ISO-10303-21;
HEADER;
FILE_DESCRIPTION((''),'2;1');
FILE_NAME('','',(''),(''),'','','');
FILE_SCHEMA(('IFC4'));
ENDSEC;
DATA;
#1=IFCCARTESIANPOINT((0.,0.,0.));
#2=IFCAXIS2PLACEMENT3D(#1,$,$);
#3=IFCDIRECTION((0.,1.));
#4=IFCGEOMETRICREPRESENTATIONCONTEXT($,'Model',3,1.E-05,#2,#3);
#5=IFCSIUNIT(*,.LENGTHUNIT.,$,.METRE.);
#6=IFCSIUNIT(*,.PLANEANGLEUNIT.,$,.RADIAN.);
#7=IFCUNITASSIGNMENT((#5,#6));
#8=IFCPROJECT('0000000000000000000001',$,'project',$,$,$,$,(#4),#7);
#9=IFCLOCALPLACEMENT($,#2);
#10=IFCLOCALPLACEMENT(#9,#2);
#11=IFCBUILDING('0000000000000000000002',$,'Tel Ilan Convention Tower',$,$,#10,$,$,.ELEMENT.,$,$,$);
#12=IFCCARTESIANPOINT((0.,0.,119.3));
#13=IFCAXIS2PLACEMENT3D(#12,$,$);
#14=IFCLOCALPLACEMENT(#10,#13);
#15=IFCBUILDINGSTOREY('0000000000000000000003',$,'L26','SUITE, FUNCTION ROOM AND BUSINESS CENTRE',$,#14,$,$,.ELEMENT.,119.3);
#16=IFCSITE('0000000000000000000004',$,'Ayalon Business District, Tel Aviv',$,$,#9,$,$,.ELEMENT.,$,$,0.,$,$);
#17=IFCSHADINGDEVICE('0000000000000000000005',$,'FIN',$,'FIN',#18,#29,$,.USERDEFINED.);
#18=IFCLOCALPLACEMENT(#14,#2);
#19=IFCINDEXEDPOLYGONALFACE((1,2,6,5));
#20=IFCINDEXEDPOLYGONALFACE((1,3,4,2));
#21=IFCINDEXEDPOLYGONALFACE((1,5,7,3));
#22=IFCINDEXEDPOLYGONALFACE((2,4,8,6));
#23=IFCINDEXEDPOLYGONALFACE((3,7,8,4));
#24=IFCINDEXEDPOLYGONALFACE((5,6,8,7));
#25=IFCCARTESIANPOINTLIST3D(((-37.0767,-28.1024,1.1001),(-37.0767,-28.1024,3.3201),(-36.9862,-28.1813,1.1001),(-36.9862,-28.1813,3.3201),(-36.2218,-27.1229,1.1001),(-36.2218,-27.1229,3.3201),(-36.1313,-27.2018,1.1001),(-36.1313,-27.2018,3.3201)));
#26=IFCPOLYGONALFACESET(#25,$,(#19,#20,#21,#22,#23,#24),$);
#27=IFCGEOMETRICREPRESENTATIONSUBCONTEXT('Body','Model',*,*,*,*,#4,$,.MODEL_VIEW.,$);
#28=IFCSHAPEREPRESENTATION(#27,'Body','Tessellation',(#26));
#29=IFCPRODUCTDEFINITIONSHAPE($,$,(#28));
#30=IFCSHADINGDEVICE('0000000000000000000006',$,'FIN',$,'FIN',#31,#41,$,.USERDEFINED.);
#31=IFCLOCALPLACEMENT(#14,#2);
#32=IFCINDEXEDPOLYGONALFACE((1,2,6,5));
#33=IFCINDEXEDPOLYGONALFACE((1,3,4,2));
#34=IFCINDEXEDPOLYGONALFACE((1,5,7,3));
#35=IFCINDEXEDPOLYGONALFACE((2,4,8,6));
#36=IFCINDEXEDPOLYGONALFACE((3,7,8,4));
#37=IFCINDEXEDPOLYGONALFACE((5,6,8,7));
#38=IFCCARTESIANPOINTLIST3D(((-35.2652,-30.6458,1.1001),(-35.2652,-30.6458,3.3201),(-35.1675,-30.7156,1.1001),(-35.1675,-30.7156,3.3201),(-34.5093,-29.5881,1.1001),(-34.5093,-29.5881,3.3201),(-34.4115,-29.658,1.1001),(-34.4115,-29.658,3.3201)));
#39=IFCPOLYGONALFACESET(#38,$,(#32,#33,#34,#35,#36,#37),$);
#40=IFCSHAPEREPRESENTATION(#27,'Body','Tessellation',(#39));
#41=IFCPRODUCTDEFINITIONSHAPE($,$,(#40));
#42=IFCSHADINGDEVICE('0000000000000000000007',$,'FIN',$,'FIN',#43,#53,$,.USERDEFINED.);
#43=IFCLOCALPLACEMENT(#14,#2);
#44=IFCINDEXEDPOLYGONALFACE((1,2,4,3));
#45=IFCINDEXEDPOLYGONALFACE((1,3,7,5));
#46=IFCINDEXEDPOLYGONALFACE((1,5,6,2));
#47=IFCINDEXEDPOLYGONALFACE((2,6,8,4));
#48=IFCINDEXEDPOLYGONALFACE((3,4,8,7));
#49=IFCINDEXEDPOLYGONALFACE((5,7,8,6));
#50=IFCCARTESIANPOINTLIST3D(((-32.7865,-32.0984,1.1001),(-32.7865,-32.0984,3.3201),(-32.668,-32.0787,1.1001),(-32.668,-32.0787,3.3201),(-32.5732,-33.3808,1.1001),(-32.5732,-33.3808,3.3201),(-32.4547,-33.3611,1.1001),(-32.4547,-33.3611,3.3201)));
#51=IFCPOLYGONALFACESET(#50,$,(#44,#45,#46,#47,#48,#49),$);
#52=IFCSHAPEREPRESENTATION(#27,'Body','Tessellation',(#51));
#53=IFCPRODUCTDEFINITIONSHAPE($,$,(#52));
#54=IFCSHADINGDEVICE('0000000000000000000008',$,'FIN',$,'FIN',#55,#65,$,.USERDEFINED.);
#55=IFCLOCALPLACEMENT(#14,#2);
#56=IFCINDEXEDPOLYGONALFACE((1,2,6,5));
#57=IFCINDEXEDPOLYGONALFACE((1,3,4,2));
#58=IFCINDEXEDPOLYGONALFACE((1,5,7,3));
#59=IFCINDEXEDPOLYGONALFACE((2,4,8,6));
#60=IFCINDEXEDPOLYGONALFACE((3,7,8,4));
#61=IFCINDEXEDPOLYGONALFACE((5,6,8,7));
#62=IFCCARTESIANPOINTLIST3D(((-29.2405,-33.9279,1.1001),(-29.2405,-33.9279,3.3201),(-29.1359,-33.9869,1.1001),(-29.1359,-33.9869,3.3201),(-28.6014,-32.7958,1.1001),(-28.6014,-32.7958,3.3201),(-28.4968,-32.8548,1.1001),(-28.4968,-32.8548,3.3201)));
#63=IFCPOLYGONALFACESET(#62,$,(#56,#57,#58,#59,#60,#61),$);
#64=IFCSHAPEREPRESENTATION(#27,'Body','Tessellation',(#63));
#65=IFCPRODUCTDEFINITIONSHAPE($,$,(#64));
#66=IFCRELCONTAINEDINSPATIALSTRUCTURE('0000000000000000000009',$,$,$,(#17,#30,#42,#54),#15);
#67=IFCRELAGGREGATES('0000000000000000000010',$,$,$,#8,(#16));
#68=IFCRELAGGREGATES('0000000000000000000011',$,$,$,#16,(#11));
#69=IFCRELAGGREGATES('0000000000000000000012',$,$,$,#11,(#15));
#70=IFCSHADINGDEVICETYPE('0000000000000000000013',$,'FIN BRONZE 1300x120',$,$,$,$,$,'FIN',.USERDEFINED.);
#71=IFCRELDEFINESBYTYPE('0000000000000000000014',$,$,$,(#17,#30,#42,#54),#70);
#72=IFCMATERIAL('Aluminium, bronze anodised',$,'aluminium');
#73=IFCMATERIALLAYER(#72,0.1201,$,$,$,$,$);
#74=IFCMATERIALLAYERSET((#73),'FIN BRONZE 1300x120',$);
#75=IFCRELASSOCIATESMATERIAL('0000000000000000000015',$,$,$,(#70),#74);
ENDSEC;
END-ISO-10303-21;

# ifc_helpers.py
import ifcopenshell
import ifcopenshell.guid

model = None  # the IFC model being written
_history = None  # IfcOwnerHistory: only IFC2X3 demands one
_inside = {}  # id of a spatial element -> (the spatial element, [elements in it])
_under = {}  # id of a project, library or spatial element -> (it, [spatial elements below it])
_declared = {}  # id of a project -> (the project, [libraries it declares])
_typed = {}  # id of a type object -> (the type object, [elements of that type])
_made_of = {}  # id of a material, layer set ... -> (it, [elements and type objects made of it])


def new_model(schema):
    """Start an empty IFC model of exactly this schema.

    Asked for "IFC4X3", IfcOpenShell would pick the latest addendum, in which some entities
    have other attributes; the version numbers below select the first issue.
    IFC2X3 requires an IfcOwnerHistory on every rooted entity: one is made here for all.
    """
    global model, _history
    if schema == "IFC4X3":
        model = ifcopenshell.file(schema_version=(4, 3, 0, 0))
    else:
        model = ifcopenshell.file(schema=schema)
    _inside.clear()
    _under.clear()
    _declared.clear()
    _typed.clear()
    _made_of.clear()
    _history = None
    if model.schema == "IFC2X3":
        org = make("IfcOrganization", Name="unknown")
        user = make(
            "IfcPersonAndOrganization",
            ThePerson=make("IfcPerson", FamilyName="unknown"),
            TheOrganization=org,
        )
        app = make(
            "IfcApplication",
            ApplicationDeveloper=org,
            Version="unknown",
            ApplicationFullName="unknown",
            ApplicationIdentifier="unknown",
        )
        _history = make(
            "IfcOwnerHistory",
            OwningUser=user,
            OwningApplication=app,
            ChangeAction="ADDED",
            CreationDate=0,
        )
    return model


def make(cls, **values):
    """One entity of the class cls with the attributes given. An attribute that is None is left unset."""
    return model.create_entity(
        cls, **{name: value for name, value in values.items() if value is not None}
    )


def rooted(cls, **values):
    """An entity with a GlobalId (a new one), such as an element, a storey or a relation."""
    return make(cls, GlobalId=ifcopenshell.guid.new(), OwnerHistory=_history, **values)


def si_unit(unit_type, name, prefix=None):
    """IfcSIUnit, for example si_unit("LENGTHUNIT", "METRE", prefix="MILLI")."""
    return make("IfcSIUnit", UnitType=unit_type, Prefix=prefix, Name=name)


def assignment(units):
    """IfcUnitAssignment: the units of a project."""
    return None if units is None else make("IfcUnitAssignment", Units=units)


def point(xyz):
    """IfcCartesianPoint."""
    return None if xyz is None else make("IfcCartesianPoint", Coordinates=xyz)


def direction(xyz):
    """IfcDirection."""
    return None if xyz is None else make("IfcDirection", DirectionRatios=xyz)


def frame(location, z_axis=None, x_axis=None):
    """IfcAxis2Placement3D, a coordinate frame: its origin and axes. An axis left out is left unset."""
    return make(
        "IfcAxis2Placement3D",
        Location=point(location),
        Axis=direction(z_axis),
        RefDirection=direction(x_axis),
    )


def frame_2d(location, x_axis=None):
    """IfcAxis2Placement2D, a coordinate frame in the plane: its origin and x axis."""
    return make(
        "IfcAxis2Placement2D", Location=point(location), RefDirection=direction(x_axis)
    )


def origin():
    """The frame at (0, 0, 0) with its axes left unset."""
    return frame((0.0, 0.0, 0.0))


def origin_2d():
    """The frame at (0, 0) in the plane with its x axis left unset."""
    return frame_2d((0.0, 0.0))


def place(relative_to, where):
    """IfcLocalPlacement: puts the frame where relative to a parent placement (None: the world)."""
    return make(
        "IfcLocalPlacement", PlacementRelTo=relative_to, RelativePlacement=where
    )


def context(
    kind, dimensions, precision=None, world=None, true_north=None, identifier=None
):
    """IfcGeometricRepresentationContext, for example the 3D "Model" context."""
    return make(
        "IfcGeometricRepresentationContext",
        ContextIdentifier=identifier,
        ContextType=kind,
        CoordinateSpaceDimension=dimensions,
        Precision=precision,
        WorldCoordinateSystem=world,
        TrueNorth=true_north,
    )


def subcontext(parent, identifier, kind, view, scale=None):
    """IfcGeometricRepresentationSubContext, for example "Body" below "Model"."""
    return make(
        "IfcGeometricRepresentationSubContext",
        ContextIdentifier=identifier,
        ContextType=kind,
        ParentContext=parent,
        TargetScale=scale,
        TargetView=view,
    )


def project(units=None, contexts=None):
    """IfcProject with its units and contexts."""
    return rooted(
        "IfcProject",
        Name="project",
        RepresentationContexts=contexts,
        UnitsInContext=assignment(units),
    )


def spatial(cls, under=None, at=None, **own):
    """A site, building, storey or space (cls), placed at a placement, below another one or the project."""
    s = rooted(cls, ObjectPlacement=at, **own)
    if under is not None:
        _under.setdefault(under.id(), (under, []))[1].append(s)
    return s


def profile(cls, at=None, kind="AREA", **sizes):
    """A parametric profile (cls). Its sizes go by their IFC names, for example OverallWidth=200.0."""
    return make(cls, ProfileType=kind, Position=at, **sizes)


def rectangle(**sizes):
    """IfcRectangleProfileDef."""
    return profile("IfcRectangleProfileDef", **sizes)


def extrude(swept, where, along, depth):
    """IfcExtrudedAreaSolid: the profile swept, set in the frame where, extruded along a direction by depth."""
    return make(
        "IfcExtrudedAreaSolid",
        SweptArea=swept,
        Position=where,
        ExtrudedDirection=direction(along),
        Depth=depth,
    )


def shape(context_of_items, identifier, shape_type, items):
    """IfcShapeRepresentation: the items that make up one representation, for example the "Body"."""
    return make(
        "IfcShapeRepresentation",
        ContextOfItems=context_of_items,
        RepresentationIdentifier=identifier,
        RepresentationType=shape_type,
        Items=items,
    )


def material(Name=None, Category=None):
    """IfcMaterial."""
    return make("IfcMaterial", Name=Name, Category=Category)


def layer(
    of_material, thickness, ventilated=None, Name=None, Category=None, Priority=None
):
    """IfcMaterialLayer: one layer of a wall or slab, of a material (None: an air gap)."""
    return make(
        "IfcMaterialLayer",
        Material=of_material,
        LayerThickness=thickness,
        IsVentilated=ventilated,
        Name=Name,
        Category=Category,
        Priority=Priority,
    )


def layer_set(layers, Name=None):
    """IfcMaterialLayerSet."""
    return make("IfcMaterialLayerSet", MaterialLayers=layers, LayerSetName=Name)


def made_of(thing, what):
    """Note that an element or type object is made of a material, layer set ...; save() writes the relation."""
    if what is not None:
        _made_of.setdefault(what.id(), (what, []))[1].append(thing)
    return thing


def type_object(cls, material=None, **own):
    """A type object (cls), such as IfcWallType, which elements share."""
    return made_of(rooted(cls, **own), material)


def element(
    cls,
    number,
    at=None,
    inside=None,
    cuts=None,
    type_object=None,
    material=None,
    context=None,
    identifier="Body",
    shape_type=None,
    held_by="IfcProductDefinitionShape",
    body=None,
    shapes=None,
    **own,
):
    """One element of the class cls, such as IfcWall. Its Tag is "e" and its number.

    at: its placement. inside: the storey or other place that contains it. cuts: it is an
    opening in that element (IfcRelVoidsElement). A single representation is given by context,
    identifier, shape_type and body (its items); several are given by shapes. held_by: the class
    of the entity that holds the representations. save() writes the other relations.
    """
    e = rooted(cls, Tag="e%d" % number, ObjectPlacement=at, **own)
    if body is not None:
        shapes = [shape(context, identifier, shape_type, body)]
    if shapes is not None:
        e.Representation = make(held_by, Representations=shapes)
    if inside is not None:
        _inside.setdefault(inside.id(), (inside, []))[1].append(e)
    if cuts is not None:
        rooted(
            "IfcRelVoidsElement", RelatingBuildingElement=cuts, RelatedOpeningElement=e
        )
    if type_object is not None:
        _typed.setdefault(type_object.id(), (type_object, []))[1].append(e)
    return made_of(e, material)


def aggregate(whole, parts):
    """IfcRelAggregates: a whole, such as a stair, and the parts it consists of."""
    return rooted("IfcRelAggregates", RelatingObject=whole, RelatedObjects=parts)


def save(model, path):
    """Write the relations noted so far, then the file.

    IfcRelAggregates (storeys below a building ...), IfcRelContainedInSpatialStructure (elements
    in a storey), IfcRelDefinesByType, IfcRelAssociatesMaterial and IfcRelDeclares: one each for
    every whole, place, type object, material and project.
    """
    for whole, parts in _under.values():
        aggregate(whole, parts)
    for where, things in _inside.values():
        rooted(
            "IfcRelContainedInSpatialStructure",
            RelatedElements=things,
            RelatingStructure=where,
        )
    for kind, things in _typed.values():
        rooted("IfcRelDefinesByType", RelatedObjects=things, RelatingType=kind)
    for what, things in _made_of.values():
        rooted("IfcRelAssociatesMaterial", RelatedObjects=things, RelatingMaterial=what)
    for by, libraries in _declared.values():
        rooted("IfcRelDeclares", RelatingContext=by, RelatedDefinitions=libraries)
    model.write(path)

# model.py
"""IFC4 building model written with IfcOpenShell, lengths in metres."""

from ifc_helpers import new_model, si_unit, direction, frame, origin, origin_2d, place, context, subcontext, project, spatial, rectangle, extrude, material, layer, layer_set, type_object, element, save


model = new_model("IFC4")

# Units and contexts
model_context = context("Model", 3, precision=1e-05, world=origin(), true_north=direction((0.0, 1.0)))
body_context = subcontext(model_context, "Body", "Model", "MODEL_VIEW")
ifc_project = project(units=[si_unit("LENGTHUNIT", "METRE"), si_unit("PLANEANGLEUNIT", "RADIAN")], contexts=[model_context])

# Site, building, storey
site_placement = place(None, origin())
site = spatial("IfcSite", under=ifc_project, at=site_placement, Name="Ayalon Business District, Tel Aviv", CompositionType="ELEMENT", RefElevation=0.0)
building_placement = place(site_placement, origin())
building = spatial("IfcBuilding", under=site, at=building_placement, Name="Tel Ilan Convention Tower", CompositionType="ELEMENT")
storey_placement = place(building_placement, frame((0.0, 0.0, 119.3)))
storey = spatial("IfcBuildingStorey", under=building, at=storey_placement, Name="L26", Description="SUITE, FUNCTION ROOM AND BUSINESS CENTRE", CompositionType="ELEMENT", Elevation=119.3)

# Shading devices
ifc_material_1 = material(Name="Aluminium, bronze anodised", Category="aluminium")
ifc_layer_1 = layer(ifc_material_1, 0.1201)
ifc_layer_set_1 = layer_set([ifc_layer_1], Name="FIN BRONZE 1300x120")
shading_device_type = type_object("IfcShadingDeviceType", Name="FIN BRONZE 1300x120", ElementType="FIN", PredefinedType="USERDEFINED", material=ifc_layer_set_1)
for number, where, z_axis, x_axis, name in (
    (1, (-36.604, -27.6521, 1.1001), (0.0, 0.0, 1.0), (-0.657521, -0.753436, 0.0), "FIN"),
    (2, (-34.8384, -30.1519, 1.1001), (0.0, 0.0, 1.0), (-0.581492, -0.813552, 0.0), "FIN"),
    (3, (-32.6206, -32.7297, 1.1001), (0.0, 0.0, 1.0), (0.164091, -0.986445, 0.0), "FIN"),
    (4, (-28.8687, -33.3914, 1.1001), (0.0, 0.0, 1.0), (-0.491579, -0.870833, 0.0), "FIN"),
):
    element("IfcShadingDevice", number, at=place(storey_placement, frame(where, z_axis=z_axis, x_axis=x_axis)), inside=storey, type_object=shading_device_type, Name=name, ObjectType="FIN", PredefinedType="USERDEFINED", context=body_context, shape_type="SweptSolid", body=[
        extrude(rectangle(XDim=1.3, YDim=0.1201, at=origin_2d()), origin(), (0.0, 0.0, 1.0), 2.22),
    ])

save(model, "model.ifc")
